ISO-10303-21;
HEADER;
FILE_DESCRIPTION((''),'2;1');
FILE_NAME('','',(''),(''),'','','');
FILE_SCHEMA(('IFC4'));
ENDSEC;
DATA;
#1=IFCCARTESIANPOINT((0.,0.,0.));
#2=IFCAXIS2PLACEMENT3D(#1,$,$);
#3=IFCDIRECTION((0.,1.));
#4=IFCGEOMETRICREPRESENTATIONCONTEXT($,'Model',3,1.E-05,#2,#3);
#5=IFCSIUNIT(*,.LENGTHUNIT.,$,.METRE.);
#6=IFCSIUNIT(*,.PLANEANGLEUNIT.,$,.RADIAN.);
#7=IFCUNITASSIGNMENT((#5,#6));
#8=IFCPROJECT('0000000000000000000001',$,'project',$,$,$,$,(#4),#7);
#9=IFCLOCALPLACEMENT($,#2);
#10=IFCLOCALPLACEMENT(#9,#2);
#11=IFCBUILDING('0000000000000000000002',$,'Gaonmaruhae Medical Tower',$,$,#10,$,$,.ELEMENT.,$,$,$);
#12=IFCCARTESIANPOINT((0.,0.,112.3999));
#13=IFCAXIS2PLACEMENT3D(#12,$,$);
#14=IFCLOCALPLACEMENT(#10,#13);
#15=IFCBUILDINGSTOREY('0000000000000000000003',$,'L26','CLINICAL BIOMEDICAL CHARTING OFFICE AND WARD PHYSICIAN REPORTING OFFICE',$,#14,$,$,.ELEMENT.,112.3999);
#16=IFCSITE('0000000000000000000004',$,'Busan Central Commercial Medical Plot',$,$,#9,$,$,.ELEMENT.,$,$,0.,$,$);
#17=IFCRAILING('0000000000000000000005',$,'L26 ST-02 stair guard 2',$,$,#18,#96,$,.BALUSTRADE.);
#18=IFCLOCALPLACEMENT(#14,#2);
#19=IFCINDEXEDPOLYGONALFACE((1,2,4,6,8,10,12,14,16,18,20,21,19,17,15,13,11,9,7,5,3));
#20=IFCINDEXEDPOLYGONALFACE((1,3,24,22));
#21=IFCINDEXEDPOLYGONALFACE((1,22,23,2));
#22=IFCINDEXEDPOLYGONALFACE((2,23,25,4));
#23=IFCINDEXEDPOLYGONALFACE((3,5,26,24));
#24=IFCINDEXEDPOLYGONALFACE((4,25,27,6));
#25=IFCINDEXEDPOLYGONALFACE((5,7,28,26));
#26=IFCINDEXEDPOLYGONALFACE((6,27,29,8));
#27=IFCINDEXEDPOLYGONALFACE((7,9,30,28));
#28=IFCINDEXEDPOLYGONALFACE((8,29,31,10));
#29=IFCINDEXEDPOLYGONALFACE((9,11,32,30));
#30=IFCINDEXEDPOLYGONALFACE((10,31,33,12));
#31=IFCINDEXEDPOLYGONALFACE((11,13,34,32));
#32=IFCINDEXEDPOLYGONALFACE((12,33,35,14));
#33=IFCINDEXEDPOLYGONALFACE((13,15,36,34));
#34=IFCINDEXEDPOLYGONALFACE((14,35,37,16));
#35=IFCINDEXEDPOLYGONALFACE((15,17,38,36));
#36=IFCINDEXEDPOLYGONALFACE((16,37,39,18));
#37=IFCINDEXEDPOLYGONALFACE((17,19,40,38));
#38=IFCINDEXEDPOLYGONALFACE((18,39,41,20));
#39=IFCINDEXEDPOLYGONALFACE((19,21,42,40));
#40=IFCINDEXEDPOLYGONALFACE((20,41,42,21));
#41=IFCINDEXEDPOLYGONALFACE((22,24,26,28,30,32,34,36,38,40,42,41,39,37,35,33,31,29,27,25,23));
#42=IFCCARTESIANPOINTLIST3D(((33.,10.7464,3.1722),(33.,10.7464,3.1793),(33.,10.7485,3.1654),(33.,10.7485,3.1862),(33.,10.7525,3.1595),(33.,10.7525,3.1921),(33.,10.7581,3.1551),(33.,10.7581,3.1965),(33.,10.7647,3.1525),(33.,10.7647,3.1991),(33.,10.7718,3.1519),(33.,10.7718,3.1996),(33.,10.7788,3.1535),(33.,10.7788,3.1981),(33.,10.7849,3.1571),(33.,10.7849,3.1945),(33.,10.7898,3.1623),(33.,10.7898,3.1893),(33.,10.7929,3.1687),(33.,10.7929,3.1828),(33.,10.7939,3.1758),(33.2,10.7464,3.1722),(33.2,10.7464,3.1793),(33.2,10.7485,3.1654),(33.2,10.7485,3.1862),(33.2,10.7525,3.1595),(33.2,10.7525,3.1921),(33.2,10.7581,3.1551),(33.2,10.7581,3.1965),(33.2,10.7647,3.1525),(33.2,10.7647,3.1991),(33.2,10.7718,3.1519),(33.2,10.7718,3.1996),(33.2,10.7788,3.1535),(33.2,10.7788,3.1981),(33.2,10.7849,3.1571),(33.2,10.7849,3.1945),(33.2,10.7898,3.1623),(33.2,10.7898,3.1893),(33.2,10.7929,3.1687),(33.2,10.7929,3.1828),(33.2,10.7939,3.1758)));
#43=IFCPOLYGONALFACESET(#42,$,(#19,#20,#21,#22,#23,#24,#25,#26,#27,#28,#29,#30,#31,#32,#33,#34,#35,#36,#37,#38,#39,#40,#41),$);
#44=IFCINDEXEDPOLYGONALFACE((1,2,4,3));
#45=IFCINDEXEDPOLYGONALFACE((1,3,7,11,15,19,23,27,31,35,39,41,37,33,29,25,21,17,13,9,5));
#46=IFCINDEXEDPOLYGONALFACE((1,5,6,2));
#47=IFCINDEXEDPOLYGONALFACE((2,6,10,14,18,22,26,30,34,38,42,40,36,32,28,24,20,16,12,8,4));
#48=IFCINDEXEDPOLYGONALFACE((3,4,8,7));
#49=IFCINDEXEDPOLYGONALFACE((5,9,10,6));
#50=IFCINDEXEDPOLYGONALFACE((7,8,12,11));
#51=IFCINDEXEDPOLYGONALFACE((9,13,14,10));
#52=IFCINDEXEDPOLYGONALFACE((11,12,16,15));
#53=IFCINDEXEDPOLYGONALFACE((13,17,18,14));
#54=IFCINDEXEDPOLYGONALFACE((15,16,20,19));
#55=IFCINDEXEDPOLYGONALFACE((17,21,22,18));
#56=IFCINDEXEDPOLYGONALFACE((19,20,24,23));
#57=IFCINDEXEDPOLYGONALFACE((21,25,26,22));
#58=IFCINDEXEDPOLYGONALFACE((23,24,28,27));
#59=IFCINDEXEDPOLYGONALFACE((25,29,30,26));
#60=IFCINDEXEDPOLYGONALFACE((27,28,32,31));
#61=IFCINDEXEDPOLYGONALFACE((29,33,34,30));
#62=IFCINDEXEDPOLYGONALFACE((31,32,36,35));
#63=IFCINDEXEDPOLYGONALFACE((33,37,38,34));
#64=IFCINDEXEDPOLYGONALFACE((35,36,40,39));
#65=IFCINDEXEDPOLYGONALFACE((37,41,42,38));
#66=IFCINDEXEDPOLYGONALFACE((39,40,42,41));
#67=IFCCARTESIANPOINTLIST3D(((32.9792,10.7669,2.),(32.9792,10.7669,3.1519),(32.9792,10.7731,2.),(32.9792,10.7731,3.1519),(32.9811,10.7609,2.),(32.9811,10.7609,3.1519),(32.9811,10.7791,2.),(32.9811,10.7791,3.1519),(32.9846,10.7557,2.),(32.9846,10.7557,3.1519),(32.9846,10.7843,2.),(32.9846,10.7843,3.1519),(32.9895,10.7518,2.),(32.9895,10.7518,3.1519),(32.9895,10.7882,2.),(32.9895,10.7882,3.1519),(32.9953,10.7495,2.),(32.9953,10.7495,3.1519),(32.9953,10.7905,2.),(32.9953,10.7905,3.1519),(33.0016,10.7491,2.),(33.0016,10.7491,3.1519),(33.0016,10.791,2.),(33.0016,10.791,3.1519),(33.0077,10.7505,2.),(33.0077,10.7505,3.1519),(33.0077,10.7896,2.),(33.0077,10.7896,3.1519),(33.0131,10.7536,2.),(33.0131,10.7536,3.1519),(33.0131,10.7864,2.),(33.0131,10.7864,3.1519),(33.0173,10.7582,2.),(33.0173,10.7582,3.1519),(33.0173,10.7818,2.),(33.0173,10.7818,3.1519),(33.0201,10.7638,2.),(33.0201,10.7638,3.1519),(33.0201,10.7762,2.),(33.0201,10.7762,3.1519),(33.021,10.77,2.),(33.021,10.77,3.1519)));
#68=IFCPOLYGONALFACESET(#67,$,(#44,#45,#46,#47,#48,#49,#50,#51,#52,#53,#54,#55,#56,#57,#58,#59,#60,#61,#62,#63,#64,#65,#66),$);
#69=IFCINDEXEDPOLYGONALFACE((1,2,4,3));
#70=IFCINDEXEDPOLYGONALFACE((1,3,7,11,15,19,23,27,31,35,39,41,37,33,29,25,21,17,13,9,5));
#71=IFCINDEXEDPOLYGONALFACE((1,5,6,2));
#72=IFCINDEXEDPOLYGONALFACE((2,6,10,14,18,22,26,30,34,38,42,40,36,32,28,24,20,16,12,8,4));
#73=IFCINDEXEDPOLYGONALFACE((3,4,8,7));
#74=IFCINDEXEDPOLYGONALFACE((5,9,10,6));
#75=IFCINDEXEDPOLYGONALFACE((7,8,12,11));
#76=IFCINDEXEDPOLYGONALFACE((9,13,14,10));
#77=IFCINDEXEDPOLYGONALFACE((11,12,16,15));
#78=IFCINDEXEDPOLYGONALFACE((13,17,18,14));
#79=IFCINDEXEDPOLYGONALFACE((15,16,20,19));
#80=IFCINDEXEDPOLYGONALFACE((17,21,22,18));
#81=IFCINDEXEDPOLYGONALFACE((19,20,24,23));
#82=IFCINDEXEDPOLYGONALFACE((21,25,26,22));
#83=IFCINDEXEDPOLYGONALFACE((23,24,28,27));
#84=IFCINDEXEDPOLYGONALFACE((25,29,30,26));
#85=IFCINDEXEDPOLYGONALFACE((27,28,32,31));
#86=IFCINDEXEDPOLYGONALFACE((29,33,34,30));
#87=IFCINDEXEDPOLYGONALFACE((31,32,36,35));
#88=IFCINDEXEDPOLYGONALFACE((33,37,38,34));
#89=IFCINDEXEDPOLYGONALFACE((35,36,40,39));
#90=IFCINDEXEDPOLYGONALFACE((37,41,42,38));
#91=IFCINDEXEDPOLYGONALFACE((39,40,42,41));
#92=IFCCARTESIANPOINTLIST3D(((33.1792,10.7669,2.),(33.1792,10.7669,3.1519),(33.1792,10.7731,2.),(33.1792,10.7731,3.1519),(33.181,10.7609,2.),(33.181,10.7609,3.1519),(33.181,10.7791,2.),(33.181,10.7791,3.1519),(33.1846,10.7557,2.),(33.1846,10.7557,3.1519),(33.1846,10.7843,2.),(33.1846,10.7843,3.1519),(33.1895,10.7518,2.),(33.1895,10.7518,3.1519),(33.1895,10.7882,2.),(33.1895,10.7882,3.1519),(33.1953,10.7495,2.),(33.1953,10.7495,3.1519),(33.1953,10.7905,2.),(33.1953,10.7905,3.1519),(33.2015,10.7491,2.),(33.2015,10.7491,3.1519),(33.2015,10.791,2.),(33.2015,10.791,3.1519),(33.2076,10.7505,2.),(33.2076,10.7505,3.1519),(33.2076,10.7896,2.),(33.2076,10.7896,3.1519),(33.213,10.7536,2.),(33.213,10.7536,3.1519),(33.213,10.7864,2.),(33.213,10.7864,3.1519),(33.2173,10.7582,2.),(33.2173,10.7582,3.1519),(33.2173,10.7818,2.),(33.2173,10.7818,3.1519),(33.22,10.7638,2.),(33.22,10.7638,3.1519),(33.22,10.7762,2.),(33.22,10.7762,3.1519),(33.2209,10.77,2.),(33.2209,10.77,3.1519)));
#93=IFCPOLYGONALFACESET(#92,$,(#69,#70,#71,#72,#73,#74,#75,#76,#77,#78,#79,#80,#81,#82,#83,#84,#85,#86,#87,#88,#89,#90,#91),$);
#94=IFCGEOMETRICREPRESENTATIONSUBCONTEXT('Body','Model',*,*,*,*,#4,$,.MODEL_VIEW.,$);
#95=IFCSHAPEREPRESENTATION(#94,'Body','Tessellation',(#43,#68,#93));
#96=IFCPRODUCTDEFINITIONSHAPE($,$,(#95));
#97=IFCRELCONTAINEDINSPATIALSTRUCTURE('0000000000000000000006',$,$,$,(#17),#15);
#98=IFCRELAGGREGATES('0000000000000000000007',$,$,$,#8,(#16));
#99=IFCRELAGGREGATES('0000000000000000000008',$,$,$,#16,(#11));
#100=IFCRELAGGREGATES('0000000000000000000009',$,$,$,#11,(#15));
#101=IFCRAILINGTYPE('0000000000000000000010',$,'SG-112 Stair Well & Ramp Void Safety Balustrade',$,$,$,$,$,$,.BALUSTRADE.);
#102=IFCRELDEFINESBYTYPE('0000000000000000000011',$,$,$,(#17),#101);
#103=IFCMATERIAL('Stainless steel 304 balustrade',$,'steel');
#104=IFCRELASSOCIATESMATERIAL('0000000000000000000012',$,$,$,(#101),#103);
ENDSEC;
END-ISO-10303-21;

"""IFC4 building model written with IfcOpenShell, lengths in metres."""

from ifc_helpers import new_model, si_unit, direction, frame, origin, origin_2d, place, context, subcontext, project, spatial, circle, extrude, material, type_object, element, save


model = new_model("IFC4")

# Units and contexts
model_context = context("Model", 3, precision=1e-05, world=origin(), true_north=direction((0.0, 1.0)))
body_context = subcontext(model_context, "Body", "Model", "MODEL_VIEW")
ifc_project = project(units=[si_unit("LENGTHUNIT", "METRE"), si_unit("PLANEANGLEUNIT", "RADIAN")], contexts=[model_context])

# Site, building, storey
site_placement = place(None, origin())
site = spatial("IfcSite", under=ifc_project, at=site_placement, Name="Busan Central Commercial Medical Plot", CompositionType="ELEMENT", RefElevation=0.0)
building_placement = place(site_placement, origin())
building = spatial("IfcBuilding", under=site, at=building_placement, Name="Gaonmaruhae Medical Tower", CompositionType="ELEMENT")
storey_placement = place(building_placement, frame((0.0, 0.0, 112.3999)))
storey = spatial("IfcBuildingStorey", under=building, at=storey_placement, Name="L26", Description="CLINICAL BIOMEDICAL CHARTING OFFICE AND WARD PHYSICIAN REPORTING OFFICE", CompositionType="ELEMENT", Elevation=112.3999)

# Railing
ifc_material_1 = material(Name="Stainless steel 304 balustrade", Category="steel")
railing_type_1 = type_object("IfcRailingType", Name="SG-112 Stair Well & Ramp Void Safety Balustrade", PredefinedType="BALUSTRADE", material=ifc_material_1)
railing_1_placement = place(storey_placement, frame((33.0, 10.77, 2.0)))
element("IfcRailing", 1, at=railing_1_placement, inside=storey, type_object=railing_type_1, Name="L26 ST-02 stair guard 2", PredefinedType="BALUSTRADE", context=body_context, shape_type="SweptSolid", body=[
    extrude(circle(Radius=0.0239, at=origin_2d()), frame((0.0, 0.0, 1.1758), z_axis=(1.0, 0.0, 0.0), x_axis=(0.0, 1.0, 0.0)), (0.0, 0.0, 1.0), 0.2),
    extrude(circle(Radius=0.021, at=origin_2d()), origin(), (0.0, 0.0, 1.0), 1.1519),
    extrude(circle(Radius=0.021, at=origin_2d()), frame((0.2, 0.0, 0.0)), (0.0, 0.0, 1.0), 1.1519),
])

save(model, "model.ifc")
